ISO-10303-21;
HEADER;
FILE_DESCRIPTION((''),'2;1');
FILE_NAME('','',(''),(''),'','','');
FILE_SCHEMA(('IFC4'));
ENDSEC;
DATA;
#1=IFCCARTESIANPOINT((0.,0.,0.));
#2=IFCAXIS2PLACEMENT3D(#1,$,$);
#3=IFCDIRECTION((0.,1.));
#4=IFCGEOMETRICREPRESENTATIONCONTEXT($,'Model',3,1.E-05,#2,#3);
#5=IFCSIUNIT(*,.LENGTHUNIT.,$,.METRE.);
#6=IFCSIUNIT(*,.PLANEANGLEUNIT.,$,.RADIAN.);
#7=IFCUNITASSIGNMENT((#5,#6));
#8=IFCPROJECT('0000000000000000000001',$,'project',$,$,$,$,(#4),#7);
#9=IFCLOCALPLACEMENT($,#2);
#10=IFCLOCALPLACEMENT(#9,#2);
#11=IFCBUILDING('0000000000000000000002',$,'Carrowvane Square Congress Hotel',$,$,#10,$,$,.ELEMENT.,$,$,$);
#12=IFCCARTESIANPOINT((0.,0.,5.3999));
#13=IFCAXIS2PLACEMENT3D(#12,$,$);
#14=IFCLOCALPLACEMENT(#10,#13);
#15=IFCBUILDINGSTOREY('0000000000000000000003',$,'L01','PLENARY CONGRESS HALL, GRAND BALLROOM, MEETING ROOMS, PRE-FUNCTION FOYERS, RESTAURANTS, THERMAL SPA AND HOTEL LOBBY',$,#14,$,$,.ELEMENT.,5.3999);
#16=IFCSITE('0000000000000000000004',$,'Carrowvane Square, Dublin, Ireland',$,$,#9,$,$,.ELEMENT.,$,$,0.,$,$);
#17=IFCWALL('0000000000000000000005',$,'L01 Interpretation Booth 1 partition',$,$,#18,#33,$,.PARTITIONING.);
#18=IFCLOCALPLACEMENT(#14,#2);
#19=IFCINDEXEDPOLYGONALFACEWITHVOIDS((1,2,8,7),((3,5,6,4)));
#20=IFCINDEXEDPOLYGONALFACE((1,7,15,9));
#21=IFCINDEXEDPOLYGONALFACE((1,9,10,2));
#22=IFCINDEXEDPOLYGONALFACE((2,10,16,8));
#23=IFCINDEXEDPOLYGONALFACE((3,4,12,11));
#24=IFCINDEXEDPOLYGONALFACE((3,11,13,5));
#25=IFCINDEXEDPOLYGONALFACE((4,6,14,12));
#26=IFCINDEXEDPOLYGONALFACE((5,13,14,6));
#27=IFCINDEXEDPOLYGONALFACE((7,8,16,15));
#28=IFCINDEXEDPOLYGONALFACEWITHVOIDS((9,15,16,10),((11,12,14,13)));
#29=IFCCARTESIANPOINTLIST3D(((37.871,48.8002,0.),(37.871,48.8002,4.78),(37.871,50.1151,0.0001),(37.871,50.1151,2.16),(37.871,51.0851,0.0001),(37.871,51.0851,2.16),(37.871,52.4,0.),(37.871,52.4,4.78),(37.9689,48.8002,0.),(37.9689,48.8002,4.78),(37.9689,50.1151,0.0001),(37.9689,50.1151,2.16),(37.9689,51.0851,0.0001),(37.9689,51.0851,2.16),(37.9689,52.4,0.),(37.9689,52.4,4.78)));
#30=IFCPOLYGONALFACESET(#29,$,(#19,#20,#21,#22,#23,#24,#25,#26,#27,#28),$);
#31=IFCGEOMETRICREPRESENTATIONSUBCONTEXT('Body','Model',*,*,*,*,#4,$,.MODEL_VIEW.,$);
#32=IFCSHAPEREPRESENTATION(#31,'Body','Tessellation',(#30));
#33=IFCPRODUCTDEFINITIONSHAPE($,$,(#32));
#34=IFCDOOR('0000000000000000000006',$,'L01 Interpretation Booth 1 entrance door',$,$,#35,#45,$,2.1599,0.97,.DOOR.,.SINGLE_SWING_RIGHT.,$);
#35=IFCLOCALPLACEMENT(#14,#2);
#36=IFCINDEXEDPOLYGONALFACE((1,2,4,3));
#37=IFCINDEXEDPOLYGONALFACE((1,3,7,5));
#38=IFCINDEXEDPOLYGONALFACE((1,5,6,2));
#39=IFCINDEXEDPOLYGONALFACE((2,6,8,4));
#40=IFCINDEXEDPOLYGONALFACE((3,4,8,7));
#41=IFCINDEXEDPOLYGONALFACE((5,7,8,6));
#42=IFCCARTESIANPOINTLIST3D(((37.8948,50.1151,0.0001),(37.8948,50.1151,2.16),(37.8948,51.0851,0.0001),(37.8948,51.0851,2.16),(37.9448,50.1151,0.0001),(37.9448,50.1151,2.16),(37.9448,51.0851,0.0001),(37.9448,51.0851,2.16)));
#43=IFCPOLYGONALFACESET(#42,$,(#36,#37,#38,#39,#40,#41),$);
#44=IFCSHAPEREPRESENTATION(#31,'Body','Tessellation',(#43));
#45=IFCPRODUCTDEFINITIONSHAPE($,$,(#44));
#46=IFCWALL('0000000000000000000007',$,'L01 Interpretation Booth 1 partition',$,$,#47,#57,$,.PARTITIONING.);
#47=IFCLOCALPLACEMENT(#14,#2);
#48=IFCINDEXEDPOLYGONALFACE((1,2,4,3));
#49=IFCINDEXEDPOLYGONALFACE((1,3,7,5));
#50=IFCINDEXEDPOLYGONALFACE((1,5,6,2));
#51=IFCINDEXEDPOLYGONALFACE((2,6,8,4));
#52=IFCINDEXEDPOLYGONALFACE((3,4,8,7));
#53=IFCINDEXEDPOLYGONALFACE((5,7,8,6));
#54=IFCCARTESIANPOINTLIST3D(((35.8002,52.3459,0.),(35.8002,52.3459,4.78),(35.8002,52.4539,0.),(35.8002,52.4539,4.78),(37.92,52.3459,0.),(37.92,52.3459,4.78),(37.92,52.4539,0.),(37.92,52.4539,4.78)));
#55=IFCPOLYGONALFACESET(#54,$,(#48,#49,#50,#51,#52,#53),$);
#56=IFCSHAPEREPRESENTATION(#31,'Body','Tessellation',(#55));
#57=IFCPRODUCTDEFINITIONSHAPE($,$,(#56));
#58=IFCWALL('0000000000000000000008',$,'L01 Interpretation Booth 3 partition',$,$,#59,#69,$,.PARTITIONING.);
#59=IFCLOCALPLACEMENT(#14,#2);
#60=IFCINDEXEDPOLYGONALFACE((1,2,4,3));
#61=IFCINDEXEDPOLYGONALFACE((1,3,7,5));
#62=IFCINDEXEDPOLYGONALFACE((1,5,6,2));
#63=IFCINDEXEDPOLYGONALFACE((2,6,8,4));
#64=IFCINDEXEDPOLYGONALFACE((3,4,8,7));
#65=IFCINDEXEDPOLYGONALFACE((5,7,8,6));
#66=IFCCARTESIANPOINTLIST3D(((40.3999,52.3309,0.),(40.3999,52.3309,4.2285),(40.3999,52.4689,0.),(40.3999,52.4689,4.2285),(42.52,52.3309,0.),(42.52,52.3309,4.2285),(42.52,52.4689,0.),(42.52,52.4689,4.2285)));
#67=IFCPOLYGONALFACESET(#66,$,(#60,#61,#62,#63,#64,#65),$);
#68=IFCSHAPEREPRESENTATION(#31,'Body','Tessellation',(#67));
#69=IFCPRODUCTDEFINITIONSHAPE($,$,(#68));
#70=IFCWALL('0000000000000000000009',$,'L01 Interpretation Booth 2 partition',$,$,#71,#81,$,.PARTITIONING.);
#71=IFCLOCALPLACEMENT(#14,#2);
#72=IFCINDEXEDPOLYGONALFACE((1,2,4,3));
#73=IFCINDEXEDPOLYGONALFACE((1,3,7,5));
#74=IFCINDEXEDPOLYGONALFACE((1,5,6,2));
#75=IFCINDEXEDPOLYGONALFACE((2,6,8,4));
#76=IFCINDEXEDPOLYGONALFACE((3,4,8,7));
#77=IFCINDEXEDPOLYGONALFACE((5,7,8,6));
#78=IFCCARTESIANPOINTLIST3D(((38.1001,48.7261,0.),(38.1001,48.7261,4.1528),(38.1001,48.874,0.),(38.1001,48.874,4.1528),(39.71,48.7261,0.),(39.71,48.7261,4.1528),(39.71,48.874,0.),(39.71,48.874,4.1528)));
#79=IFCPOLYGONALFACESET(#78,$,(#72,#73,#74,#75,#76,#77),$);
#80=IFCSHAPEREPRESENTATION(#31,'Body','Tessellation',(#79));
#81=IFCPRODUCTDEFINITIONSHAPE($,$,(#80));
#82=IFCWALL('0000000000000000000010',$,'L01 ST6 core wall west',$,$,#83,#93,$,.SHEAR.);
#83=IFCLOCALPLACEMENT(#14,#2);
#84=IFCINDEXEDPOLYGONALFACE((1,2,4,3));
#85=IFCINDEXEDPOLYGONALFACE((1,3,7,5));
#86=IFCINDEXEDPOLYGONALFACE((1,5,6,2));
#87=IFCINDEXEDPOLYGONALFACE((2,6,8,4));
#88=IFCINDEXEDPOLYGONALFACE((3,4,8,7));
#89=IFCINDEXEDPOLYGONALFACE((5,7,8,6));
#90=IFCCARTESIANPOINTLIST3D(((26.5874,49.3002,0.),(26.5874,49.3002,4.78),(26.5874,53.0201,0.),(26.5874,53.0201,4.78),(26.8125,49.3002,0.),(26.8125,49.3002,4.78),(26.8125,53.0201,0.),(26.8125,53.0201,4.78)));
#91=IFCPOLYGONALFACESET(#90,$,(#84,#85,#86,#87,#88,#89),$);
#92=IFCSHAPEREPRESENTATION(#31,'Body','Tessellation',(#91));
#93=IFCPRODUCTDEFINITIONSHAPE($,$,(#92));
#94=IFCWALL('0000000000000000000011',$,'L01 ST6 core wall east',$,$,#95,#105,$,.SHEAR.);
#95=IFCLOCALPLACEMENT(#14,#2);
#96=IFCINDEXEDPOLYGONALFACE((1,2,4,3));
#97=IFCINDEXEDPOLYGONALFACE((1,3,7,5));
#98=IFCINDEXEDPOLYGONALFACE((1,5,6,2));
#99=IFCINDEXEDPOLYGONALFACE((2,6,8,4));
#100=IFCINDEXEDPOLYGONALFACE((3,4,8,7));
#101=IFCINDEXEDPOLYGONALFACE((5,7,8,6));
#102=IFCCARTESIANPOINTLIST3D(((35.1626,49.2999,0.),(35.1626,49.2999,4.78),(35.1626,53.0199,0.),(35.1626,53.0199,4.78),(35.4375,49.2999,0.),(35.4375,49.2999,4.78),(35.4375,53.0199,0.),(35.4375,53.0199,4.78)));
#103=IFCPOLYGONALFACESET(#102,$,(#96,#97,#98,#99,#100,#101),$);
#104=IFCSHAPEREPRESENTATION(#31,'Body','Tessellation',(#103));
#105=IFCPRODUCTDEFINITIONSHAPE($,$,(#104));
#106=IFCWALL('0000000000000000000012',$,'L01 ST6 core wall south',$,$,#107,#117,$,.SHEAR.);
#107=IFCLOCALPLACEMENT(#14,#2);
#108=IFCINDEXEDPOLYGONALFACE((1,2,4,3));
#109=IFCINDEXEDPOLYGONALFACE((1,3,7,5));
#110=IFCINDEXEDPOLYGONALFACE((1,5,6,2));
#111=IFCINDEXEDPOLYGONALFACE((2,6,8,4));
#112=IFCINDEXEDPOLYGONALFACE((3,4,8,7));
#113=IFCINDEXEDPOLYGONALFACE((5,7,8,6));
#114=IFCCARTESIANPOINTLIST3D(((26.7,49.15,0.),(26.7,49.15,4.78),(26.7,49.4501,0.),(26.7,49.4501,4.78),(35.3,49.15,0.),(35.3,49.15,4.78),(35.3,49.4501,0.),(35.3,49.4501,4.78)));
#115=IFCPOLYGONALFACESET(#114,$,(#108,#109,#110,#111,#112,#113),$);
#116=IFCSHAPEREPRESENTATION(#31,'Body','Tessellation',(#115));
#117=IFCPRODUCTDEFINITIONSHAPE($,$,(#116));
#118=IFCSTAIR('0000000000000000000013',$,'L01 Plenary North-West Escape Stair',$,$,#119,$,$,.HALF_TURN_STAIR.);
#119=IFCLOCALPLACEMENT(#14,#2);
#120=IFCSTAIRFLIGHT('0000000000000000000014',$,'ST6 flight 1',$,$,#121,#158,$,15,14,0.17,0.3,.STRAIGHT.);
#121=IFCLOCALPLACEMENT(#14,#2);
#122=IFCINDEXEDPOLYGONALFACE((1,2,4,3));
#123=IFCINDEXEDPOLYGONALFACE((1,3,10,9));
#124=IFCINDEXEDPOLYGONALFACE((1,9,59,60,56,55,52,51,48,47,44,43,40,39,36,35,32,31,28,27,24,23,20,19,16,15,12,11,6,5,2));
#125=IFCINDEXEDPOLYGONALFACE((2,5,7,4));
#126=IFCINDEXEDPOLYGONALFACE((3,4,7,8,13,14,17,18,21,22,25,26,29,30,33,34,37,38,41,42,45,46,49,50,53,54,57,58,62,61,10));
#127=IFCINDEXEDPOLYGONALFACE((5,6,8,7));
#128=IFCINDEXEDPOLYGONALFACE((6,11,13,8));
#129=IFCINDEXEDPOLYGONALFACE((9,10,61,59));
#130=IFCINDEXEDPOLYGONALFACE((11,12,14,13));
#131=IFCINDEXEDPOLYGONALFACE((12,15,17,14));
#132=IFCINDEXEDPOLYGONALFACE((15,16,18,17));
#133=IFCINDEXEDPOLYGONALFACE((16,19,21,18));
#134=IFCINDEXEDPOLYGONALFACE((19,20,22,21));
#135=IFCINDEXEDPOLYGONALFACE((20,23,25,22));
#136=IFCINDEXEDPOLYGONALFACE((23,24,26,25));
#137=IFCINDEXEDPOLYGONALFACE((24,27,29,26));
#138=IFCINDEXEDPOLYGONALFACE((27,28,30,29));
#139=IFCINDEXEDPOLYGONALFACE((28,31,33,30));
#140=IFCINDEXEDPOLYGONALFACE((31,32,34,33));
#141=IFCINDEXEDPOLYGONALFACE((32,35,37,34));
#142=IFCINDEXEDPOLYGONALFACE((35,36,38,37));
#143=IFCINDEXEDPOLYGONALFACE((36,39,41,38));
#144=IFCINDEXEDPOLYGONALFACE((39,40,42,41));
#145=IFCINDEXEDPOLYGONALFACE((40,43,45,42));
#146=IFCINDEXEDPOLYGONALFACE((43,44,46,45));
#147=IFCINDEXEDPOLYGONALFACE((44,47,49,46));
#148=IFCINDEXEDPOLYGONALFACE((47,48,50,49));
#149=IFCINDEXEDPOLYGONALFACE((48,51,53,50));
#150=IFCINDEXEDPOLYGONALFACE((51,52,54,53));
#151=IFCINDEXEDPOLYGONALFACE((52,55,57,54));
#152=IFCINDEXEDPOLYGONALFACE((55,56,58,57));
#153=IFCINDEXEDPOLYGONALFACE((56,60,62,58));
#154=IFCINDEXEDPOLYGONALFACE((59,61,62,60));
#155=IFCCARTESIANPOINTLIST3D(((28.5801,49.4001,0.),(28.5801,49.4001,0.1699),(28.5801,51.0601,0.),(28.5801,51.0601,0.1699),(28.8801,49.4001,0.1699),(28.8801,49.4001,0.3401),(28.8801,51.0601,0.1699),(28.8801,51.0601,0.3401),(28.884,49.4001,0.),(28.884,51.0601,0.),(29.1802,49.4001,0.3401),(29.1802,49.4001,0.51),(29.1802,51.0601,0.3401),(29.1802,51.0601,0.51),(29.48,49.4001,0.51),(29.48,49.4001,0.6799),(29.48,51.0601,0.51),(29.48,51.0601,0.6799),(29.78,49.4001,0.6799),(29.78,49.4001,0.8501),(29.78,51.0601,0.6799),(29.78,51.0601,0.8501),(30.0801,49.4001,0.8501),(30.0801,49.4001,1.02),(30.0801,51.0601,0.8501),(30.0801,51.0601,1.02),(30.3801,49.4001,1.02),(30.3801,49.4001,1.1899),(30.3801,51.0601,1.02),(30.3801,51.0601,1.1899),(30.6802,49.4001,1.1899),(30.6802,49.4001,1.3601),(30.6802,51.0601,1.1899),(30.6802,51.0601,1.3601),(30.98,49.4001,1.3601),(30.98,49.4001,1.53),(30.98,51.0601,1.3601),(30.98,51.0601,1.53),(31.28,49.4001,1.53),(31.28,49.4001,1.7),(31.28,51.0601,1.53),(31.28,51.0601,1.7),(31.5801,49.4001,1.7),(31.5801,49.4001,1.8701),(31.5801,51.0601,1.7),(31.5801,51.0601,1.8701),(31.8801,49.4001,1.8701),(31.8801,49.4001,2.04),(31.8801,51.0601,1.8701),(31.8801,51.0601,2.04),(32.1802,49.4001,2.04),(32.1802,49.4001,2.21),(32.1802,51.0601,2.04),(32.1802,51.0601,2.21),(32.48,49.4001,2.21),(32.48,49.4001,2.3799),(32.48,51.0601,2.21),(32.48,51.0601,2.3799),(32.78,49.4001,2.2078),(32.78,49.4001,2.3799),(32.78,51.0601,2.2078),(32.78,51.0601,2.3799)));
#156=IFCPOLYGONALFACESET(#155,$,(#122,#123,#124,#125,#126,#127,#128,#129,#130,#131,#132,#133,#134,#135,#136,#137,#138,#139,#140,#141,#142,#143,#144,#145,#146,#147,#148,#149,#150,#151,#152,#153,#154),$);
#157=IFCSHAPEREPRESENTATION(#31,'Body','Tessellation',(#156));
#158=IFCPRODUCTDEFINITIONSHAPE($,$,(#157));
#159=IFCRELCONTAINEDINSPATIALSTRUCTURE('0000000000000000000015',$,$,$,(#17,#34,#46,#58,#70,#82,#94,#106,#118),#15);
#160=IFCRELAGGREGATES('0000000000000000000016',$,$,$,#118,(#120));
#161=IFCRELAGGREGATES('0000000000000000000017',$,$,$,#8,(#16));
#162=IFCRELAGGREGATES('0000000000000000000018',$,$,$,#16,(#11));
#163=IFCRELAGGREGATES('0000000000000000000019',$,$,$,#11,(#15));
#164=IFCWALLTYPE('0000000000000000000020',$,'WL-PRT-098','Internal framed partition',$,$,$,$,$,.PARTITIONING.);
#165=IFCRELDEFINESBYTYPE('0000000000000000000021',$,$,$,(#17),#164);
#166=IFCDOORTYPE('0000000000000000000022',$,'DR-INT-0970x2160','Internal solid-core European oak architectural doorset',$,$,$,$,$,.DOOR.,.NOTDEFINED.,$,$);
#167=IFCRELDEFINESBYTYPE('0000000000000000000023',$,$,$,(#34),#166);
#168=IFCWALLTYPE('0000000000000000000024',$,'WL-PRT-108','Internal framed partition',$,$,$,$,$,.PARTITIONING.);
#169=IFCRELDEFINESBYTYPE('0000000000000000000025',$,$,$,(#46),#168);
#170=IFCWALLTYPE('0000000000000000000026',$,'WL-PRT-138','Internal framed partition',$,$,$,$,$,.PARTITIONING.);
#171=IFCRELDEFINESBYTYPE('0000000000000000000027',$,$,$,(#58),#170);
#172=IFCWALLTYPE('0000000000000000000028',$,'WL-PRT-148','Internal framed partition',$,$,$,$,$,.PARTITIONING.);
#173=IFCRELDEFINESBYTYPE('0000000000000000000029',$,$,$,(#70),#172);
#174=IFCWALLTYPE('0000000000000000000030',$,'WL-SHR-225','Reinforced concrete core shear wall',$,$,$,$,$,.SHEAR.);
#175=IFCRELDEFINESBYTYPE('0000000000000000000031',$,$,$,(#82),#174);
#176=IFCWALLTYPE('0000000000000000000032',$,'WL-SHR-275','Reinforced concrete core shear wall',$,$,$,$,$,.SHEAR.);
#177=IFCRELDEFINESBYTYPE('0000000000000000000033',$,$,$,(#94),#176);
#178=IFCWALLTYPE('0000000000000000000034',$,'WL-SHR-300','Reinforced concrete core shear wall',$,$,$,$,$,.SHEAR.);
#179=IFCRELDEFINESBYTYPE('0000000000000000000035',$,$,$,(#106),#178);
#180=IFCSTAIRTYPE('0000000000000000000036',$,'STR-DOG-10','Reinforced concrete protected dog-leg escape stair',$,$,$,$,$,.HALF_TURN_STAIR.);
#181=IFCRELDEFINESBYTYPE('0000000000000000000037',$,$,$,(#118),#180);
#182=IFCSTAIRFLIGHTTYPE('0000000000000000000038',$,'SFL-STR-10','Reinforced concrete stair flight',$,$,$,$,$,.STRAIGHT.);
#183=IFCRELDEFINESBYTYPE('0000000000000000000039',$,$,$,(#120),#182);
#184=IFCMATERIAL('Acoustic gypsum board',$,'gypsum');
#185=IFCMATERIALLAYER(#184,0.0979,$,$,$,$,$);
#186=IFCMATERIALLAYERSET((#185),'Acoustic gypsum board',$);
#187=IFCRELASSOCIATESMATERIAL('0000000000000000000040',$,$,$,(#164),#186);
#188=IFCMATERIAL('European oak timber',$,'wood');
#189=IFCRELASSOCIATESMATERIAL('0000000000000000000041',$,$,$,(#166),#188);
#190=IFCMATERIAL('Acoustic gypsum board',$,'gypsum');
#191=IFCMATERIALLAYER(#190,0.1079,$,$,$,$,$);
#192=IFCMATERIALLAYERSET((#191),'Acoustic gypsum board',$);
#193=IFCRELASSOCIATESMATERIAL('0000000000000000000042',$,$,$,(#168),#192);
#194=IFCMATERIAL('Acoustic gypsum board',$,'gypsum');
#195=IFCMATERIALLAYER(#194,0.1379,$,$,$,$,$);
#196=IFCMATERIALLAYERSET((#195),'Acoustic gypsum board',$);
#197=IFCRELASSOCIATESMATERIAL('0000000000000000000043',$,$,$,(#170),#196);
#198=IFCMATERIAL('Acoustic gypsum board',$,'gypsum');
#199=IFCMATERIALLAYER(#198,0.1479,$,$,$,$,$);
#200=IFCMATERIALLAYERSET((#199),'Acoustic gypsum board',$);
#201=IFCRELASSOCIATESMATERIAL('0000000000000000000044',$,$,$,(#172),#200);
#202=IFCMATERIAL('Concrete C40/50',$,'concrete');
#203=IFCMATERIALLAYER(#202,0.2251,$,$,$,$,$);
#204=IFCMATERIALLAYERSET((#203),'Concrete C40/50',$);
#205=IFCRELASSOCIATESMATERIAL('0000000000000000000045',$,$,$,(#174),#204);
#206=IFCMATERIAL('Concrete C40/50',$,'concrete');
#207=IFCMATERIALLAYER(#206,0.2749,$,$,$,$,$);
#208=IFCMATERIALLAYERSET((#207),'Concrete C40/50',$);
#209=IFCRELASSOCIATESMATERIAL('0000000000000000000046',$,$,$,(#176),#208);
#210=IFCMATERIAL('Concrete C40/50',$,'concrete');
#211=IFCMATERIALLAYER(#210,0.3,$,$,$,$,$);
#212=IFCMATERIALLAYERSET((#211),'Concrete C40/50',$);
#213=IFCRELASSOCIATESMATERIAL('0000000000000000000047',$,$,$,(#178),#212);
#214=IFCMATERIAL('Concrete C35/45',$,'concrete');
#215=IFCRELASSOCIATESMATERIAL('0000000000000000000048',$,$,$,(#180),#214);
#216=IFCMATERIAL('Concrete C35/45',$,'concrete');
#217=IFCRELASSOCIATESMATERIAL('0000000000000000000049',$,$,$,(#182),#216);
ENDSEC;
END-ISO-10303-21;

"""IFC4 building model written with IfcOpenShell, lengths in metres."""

from ifc_helpers import new_model, si_unit, direction, frame, frame_2d, origin, place, context, subcontext, project, spatial, polyline, rectangle, outline, extrude, material, layer, layer_set, type_object, element, fill, aggregate, save


model = new_model("IFC4")

# Units and contexts
model_context = context("Model", 3, precision=1e-05, world=origin(), true_north=direction((0.0, 1.0)))
body_context = subcontext(model_context, "Body", "Model", "MODEL_VIEW")
ifc_project = project(units=[si_unit("LENGTHUNIT", "METRE"), si_unit("PLANEANGLEUNIT", "RADIAN")], contexts=[model_context])

# Site, building, storey
site_placement = place(None, origin())
site = spatial("IfcSite", under=ifc_project, at=site_placement, Name="Carrowvane Square, Dublin, Ireland", CompositionType="ELEMENT", RefElevation=0.0)
building_placement = place(site_placement, origin())
building = spatial("IfcBuilding", under=site, at=building_placement, Name="Carrowvane Square Congress Hotel", CompositionType="ELEMENT")
storey_placement = place(building_placement, frame((0.0, 0.0, 5.3999)))
storey = spatial("IfcBuildingStorey", under=building, at=storey_placement, Name="L01", Description="PLENARY CONGRESS HALL, GRAND BALLROOM, MEETING ROOMS, PRE-FUNCTION FOYERS, RESTAURANTS, THERMAL SPA AND HOTEL LOBBY", CompositionType="ELEMENT", Elevation=5.3999)

# Wall, opening, door
ifc_material_1 = material(Name="Acoustic gypsum board", Category="gypsum")
ifc_layer_1 = layer(ifc_material_1, 0.0979)
ifc_layer_set_1 = layer_set([ifc_layer_1], Name="Acoustic gypsum board")
wall_type_1 = type_object("IfcWallType", Name="WL-PRT-098", Description="Internal framed partition", PredefinedType="PARTITIONING", material=ifc_layer_set_1)
wall_1_placement = place(storey_placement, frame((37.9199, 52.3999, 0.0), z_axis=(0.0, 0.0, 1.0), x_axis=(0.0, -1.0, 0.0)))
wall_1 = element("IfcWall", 1, at=wall_1_placement, inside=storey, type_object=wall_type_1, Name="L01 Interpretation Booth 1 partition", PredefinedType="PARTITIONING", context=body_context, shape_type="SweptSolid", body=[
    extrude(rectangle(XDim=3.5999, YDim=0.0979, at=frame_2d((1.7998, 0.0))), origin(), (0.0, 0.0, 1.0), 4.78),
])
opening_1_placement = place(wall_1_placement, frame((1.3149, 0.0, 0.0)))
opening_1 = element("IfcOpeningElement", 2, at=opening_1_placement, cuts=wall_1, PredefinedType="OPENING", context=body_context, shape_type="SweptSolid", body=[
    extrude(rectangle(XDim=0.97, YDim=2.1599, at=frame_2d((0.4849, 1.0801))), frame((0.0, 0.0588, 0.0), z_axis=(0.0, -1.0, 0.0), x_axis=(1.0, 0.0, 0.0)), (0.0, 0.0, 1.0), 0.1179),
])
ifc_material_2 = material(Name="European oak timber", Category="wood")
door_type_1 = type_object("IfcDoorType", Name="DR-INT-0970x2160", Description="Internal solid-core European oak architectural doorset", OperationType="NOTDEFINED", PredefinedType="DOOR", material=ifc_material_2)
door_1_placement = place(opening_1_placement, origin())
door_1 = element("IfcDoor", 3, at=door_1_placement, inside=storey, type_object=door_type_1, Name="L01 Interpretation Booth 1 entrance door", OperationType="SINGLE_SWING_RIGHT", OverallHeight=2.1599, OverallWidth=0.97, PredefinedType="DOOR", context=body_context, shape_type="SweptSolid", body=[
    extrude(rectangle(XDim=0.97, YDim=2.1599, at=frame_2d((0.4849, 1.0801))), frame((0.0, 0.0249, 0.0), z_axis=(0.0, -1.0, 0.0), x_axis=(1.0, 0.0, 0.0)), (0.0, 0.0, 1.0), 0.05),
])
fill(opening_1, door_1)

# Walls
ifc_material_3 = material(Name="Acoustic gypsum board", Category="gypsum")
ifc_layer_2 = layer(ifc_material_3, 0.1079)
ifc_layer_set_2 = layer_set([ifc_layer_2], Name="Acoustic gypsum board")
wall_type_2 = type_object("IfcWallType", Name="WL-PRT-108", Description="Internal framed partition", PredefinedType="PARTITIONING", material=ifc_layer_set_2)
wall_2_placement = place(storey_placement, frame((35.8, 52.3999, 0.0), z_axis=(0.0, 0.0, 1.0), x_axis=(1.0, 0.0, 0.0)))
element("IfcWall", 4, at=wall_2_placement, inside=storey, type_object=wall_type_2, Name="L01 Interpretation Booth 1 partition", PredefinedType="PARTITIONING", context=body_context, shape_type="SweptSolid", body=[
    extrude(rectangle(XDim=2.1199, YDim=0.1079, at=frame_2d((1.0601, 0.0))), origin(), (0.0, 0.0, 1.0), 4.78),
])
ifc_material_4 = material(Name="Acoustic gypsum board", Category="gypsum")
ifc_layer_3 = layer(ifc_material_4, 0.1379)
ifc_layer_set_3 = layer_set([ifc_layer_3], Name="Acoustic gypsum board")
wall_type_3 = type_object("IfcWallType", Name="WL-PRT-138", Description="Internal framed partition", PredefinedType="PARTITIONING", material=ifc_layer_set_3)
wall_3_placement = place(storey_placement, frame((40.3999, 52.3999, 0.0), z_axis=(0.0, 0.0, 1.0), x_axis=(1.0, 0.0, 0.0)))
element("IfcWall", 5, at=wall_3_placement, inside=storey, type_object=wall_type_3, Name="L01 Interpretation Booth 3 partition", PredefinedType="PARTITIONING", context=body_context, shape_type="SweptSolid", body=[
    extrude(rectangle(XDim=2.1201, YDim=0.1379, at=frame_2d((1.0601, 0.0))), origin(), (0.0, 0.0, 1.0), 4.2285),
])
ifc_material_5 = material(Name="Acoustic gypsum board", Category="gypsum")
ifc_layer_4 = layer(ifc_material_5, 0.1479)
ifc_layer_set_4 = layer_set([ifc_layer_4], Name="Acoustic gypsum board")
wall_type_4 = type_object("IfcWallType", Name="WL-PRT-148", Description="Internal framed partition", PredefinedType="PARTITIONING", material=ifc_layer_set_4)
wall_4_placement = place(storey_placement, frame((39.71, 48.8, 0.0), z_axis=(0.0, 0.0, 1.0), x_axis=(-1.0, 0.0, 0.0)))
element("IfcWall", 6, at=wall_4_placement, inside=storey, type_object=wall_type_4, Name="L01 Interpretation Booth 2 partition", PredefinedType="PARTITIONING", context=body_context, shape_type="SweptSolid", body=[
    extrude(rectangle(XDim=1.6099, YDim=0.1479, at=frame_2d((0.8049, 0.0))), origin(), (0.0, 0.0, 1.0), 4.1528),
])
ifc_material_6 = material(Name="Concrete C40/50", Category="concrete")
ifc_layer_5 = layer(ifc_material_6, 0.2251)
ifc_layer_set_5 = layer_set([ifc_layer_5], Name="Concrete C40/50")
wall_type_5 = type_object("IfcWallType", Name="WL-SHR-225", Description="Reinforced concrete core shear wall", PredefinedType="SHEAR", material=ifc_layer_set_5)
wall_5_placement = place(storey_placement, frame((26.7, 53.02, 0.0), z_axis=(0.0, 0.0, 1.0), x_axis=(0.0, -1.0, 0.0)))
element("IfcWall", 7, at=wall_5_placement, inside=storey, type_object=wall_type_5, Name="L01 ST6 core wall west", PredefinedType="SHEAR", context=body_context, shape_type="SweptSolid", body=[
    extrude(rectangle(XDim=3.72, YDim=0.2251, at=frame_2d((1.8599, 0.0))), origin(), (0.0, 0.0, 1.0), 4.78),
])
ifc_material_7 = material(Name="Concrete C40/50", Category="concrete")
ifc_layer_6 = layer(ifc_material_7, 0.2749)
ifc_layer_set_6 = layer_set([ifc_layer_6], Name="Concrete C40/50")
wall_type_6 = type_object("IfcWallType", Name="WL-SHR-275", Description="Reinforced concrete core shear wall", PredefinedType="SHEAR", material=ifc_layer_set_6)
wall_6_placement = place(storey_placement, frame((35.3, 49.3, 0.0), z_axis=(0.0, 0.0, 1.0), x_axis=(0.0, 1.0, 0.0)))
element("IfcWall", 8, at=wall_6_placement, inside=storey, type_object=wall_type_6, Name="L01 ST6 core wall east", PredefinedType="SHEAR", context=body_context, shape_type="SweptSolid", body=[
    extrude(rectangle(XDim=3.72, YDim=0.2749, at=frame_2d((1.8599, 0.0))), origin(), (0.0, 0.0, 1.0), 4.78),
])
ifc_material_8 = material(Name="Concrete C40/50", Category="concrete")
ifc_layer_7 = layer(ifc_material_8, 0.3)
ifc_layer_set_7 = layer_set([ifc_layer_7], Name="Concrete C40/50")
wall_type_7 = type_object("IfcWallType", Name="WL-SHR-300", Description="Reinforced concrete core shear wall", PredefinedType="SHEAR", material=ifc_layer_set_7)
wall_7_placement = place(storey_placement, frame((26.7, 49.3, 0.0), z_axis=(0.0, 0.0, 1.0), x_axis=(1.0, 0.0, 0.0)))
element("IfcWall", 9, at=wall_7_placement, inside=storey, type_object=wall_type_7, Name="L01 ST6 core wall south", PredefinedType="SHEAR", context=body_context, shape_type="SweptSolid", body=[
    extrude(rectangle(XDim=8.6001, YDim=0.3, at=frame_2d((4.3, 0.0))), origin(), (0.0, 0.0, 1.0), 4.78),
])

# Stair, stair flight
ifc_material_9 = material(Name="Concrete C35/45", Category="concrete")
stair_type = type_object("IfcStairType", Name="STR-DOG-10", Description="Reinforced concrete protected dog-leg escape stair", PredefinedType="HALF_TURN_STAIR", material=ifc_material_9)
stair_placement = place(storey_placement, origin())
stair = element("IfcStair", 10, at=stair_placement, inside=storey, type_object=stair_type, Name="L01 Plenary North-West Escape Stair", PredefinedType="HALF_TURN_STAIR")
ifc_material_10 = material(Name="Concrete C35/45", Category="concrete")
stair_flight_type = type_object("IfcStairFlightType", Name="SFL-STR-10", Description="Reinforced concrete stair flight", PredefinedType="STRAIGHT", material=ifc_material_10)
stair_flight_1_placement = place(storey_placement, frame((28.5801, 50.23, 0.0), z_axis=(0.0, 0.0, 1.0), x_axis=(1.0, 0.0, 0.0)))
stair_flight_1 = element("IfcStairFlight", 11, at=stair_flight_1_placement, type_object=stair_flight_type, Name="ST6 flight 1", NumberOfRisers=15, NumberOfTreads=14, PredefinedType="STRAIGHT", RiserHeight=0.17, TreadLength=0.3, context=body_context, shape_type="SweptSolid", body=[
    extrude(outline(polyline([(0.0, 0.0), (0.0, 0.1699), (0.3, 0.1699), (0.3, 0.3401), (0.6001, 0.3401), (0.6001, 0.51), (0.8999, 0.51), (0.8999, 0.6799), (1.2, 0.6799), (1.2, 0.8501), (1.5, 0.8501), (1.5, 1.02), (1.8, 1.02), (1.8, 1.1899), (2.1001, 1.1899), (2.1001, 1.3601), (2.3999, 1.3601), (2.3999, 1.53), (2.7, 1.53), (2.7, 1.7), (3.0, 1.7), (3.0, 1.8701), (3.3, 1.8701), (3.3, 2.04), (3.6001, 2.04), (3.6001, 2.21), (3.8999, 2.21), (3.8999, 2.3799), (4.2, 2.3799), (4.2, 2.55), (4.2, 2.2078), (0.304, 0.0), (0.0, 0.0)])), frame((0.0, 0.8301, 0.0), z_axis=(0.0, -1.0, 0.0), x_axis=(1.0, 0.0, 0.0)), (0.0, 0.0, 1.0), 1.6599),
])
aggregate(stair, [stair_flight_1])

save(model, "model.ifc")
